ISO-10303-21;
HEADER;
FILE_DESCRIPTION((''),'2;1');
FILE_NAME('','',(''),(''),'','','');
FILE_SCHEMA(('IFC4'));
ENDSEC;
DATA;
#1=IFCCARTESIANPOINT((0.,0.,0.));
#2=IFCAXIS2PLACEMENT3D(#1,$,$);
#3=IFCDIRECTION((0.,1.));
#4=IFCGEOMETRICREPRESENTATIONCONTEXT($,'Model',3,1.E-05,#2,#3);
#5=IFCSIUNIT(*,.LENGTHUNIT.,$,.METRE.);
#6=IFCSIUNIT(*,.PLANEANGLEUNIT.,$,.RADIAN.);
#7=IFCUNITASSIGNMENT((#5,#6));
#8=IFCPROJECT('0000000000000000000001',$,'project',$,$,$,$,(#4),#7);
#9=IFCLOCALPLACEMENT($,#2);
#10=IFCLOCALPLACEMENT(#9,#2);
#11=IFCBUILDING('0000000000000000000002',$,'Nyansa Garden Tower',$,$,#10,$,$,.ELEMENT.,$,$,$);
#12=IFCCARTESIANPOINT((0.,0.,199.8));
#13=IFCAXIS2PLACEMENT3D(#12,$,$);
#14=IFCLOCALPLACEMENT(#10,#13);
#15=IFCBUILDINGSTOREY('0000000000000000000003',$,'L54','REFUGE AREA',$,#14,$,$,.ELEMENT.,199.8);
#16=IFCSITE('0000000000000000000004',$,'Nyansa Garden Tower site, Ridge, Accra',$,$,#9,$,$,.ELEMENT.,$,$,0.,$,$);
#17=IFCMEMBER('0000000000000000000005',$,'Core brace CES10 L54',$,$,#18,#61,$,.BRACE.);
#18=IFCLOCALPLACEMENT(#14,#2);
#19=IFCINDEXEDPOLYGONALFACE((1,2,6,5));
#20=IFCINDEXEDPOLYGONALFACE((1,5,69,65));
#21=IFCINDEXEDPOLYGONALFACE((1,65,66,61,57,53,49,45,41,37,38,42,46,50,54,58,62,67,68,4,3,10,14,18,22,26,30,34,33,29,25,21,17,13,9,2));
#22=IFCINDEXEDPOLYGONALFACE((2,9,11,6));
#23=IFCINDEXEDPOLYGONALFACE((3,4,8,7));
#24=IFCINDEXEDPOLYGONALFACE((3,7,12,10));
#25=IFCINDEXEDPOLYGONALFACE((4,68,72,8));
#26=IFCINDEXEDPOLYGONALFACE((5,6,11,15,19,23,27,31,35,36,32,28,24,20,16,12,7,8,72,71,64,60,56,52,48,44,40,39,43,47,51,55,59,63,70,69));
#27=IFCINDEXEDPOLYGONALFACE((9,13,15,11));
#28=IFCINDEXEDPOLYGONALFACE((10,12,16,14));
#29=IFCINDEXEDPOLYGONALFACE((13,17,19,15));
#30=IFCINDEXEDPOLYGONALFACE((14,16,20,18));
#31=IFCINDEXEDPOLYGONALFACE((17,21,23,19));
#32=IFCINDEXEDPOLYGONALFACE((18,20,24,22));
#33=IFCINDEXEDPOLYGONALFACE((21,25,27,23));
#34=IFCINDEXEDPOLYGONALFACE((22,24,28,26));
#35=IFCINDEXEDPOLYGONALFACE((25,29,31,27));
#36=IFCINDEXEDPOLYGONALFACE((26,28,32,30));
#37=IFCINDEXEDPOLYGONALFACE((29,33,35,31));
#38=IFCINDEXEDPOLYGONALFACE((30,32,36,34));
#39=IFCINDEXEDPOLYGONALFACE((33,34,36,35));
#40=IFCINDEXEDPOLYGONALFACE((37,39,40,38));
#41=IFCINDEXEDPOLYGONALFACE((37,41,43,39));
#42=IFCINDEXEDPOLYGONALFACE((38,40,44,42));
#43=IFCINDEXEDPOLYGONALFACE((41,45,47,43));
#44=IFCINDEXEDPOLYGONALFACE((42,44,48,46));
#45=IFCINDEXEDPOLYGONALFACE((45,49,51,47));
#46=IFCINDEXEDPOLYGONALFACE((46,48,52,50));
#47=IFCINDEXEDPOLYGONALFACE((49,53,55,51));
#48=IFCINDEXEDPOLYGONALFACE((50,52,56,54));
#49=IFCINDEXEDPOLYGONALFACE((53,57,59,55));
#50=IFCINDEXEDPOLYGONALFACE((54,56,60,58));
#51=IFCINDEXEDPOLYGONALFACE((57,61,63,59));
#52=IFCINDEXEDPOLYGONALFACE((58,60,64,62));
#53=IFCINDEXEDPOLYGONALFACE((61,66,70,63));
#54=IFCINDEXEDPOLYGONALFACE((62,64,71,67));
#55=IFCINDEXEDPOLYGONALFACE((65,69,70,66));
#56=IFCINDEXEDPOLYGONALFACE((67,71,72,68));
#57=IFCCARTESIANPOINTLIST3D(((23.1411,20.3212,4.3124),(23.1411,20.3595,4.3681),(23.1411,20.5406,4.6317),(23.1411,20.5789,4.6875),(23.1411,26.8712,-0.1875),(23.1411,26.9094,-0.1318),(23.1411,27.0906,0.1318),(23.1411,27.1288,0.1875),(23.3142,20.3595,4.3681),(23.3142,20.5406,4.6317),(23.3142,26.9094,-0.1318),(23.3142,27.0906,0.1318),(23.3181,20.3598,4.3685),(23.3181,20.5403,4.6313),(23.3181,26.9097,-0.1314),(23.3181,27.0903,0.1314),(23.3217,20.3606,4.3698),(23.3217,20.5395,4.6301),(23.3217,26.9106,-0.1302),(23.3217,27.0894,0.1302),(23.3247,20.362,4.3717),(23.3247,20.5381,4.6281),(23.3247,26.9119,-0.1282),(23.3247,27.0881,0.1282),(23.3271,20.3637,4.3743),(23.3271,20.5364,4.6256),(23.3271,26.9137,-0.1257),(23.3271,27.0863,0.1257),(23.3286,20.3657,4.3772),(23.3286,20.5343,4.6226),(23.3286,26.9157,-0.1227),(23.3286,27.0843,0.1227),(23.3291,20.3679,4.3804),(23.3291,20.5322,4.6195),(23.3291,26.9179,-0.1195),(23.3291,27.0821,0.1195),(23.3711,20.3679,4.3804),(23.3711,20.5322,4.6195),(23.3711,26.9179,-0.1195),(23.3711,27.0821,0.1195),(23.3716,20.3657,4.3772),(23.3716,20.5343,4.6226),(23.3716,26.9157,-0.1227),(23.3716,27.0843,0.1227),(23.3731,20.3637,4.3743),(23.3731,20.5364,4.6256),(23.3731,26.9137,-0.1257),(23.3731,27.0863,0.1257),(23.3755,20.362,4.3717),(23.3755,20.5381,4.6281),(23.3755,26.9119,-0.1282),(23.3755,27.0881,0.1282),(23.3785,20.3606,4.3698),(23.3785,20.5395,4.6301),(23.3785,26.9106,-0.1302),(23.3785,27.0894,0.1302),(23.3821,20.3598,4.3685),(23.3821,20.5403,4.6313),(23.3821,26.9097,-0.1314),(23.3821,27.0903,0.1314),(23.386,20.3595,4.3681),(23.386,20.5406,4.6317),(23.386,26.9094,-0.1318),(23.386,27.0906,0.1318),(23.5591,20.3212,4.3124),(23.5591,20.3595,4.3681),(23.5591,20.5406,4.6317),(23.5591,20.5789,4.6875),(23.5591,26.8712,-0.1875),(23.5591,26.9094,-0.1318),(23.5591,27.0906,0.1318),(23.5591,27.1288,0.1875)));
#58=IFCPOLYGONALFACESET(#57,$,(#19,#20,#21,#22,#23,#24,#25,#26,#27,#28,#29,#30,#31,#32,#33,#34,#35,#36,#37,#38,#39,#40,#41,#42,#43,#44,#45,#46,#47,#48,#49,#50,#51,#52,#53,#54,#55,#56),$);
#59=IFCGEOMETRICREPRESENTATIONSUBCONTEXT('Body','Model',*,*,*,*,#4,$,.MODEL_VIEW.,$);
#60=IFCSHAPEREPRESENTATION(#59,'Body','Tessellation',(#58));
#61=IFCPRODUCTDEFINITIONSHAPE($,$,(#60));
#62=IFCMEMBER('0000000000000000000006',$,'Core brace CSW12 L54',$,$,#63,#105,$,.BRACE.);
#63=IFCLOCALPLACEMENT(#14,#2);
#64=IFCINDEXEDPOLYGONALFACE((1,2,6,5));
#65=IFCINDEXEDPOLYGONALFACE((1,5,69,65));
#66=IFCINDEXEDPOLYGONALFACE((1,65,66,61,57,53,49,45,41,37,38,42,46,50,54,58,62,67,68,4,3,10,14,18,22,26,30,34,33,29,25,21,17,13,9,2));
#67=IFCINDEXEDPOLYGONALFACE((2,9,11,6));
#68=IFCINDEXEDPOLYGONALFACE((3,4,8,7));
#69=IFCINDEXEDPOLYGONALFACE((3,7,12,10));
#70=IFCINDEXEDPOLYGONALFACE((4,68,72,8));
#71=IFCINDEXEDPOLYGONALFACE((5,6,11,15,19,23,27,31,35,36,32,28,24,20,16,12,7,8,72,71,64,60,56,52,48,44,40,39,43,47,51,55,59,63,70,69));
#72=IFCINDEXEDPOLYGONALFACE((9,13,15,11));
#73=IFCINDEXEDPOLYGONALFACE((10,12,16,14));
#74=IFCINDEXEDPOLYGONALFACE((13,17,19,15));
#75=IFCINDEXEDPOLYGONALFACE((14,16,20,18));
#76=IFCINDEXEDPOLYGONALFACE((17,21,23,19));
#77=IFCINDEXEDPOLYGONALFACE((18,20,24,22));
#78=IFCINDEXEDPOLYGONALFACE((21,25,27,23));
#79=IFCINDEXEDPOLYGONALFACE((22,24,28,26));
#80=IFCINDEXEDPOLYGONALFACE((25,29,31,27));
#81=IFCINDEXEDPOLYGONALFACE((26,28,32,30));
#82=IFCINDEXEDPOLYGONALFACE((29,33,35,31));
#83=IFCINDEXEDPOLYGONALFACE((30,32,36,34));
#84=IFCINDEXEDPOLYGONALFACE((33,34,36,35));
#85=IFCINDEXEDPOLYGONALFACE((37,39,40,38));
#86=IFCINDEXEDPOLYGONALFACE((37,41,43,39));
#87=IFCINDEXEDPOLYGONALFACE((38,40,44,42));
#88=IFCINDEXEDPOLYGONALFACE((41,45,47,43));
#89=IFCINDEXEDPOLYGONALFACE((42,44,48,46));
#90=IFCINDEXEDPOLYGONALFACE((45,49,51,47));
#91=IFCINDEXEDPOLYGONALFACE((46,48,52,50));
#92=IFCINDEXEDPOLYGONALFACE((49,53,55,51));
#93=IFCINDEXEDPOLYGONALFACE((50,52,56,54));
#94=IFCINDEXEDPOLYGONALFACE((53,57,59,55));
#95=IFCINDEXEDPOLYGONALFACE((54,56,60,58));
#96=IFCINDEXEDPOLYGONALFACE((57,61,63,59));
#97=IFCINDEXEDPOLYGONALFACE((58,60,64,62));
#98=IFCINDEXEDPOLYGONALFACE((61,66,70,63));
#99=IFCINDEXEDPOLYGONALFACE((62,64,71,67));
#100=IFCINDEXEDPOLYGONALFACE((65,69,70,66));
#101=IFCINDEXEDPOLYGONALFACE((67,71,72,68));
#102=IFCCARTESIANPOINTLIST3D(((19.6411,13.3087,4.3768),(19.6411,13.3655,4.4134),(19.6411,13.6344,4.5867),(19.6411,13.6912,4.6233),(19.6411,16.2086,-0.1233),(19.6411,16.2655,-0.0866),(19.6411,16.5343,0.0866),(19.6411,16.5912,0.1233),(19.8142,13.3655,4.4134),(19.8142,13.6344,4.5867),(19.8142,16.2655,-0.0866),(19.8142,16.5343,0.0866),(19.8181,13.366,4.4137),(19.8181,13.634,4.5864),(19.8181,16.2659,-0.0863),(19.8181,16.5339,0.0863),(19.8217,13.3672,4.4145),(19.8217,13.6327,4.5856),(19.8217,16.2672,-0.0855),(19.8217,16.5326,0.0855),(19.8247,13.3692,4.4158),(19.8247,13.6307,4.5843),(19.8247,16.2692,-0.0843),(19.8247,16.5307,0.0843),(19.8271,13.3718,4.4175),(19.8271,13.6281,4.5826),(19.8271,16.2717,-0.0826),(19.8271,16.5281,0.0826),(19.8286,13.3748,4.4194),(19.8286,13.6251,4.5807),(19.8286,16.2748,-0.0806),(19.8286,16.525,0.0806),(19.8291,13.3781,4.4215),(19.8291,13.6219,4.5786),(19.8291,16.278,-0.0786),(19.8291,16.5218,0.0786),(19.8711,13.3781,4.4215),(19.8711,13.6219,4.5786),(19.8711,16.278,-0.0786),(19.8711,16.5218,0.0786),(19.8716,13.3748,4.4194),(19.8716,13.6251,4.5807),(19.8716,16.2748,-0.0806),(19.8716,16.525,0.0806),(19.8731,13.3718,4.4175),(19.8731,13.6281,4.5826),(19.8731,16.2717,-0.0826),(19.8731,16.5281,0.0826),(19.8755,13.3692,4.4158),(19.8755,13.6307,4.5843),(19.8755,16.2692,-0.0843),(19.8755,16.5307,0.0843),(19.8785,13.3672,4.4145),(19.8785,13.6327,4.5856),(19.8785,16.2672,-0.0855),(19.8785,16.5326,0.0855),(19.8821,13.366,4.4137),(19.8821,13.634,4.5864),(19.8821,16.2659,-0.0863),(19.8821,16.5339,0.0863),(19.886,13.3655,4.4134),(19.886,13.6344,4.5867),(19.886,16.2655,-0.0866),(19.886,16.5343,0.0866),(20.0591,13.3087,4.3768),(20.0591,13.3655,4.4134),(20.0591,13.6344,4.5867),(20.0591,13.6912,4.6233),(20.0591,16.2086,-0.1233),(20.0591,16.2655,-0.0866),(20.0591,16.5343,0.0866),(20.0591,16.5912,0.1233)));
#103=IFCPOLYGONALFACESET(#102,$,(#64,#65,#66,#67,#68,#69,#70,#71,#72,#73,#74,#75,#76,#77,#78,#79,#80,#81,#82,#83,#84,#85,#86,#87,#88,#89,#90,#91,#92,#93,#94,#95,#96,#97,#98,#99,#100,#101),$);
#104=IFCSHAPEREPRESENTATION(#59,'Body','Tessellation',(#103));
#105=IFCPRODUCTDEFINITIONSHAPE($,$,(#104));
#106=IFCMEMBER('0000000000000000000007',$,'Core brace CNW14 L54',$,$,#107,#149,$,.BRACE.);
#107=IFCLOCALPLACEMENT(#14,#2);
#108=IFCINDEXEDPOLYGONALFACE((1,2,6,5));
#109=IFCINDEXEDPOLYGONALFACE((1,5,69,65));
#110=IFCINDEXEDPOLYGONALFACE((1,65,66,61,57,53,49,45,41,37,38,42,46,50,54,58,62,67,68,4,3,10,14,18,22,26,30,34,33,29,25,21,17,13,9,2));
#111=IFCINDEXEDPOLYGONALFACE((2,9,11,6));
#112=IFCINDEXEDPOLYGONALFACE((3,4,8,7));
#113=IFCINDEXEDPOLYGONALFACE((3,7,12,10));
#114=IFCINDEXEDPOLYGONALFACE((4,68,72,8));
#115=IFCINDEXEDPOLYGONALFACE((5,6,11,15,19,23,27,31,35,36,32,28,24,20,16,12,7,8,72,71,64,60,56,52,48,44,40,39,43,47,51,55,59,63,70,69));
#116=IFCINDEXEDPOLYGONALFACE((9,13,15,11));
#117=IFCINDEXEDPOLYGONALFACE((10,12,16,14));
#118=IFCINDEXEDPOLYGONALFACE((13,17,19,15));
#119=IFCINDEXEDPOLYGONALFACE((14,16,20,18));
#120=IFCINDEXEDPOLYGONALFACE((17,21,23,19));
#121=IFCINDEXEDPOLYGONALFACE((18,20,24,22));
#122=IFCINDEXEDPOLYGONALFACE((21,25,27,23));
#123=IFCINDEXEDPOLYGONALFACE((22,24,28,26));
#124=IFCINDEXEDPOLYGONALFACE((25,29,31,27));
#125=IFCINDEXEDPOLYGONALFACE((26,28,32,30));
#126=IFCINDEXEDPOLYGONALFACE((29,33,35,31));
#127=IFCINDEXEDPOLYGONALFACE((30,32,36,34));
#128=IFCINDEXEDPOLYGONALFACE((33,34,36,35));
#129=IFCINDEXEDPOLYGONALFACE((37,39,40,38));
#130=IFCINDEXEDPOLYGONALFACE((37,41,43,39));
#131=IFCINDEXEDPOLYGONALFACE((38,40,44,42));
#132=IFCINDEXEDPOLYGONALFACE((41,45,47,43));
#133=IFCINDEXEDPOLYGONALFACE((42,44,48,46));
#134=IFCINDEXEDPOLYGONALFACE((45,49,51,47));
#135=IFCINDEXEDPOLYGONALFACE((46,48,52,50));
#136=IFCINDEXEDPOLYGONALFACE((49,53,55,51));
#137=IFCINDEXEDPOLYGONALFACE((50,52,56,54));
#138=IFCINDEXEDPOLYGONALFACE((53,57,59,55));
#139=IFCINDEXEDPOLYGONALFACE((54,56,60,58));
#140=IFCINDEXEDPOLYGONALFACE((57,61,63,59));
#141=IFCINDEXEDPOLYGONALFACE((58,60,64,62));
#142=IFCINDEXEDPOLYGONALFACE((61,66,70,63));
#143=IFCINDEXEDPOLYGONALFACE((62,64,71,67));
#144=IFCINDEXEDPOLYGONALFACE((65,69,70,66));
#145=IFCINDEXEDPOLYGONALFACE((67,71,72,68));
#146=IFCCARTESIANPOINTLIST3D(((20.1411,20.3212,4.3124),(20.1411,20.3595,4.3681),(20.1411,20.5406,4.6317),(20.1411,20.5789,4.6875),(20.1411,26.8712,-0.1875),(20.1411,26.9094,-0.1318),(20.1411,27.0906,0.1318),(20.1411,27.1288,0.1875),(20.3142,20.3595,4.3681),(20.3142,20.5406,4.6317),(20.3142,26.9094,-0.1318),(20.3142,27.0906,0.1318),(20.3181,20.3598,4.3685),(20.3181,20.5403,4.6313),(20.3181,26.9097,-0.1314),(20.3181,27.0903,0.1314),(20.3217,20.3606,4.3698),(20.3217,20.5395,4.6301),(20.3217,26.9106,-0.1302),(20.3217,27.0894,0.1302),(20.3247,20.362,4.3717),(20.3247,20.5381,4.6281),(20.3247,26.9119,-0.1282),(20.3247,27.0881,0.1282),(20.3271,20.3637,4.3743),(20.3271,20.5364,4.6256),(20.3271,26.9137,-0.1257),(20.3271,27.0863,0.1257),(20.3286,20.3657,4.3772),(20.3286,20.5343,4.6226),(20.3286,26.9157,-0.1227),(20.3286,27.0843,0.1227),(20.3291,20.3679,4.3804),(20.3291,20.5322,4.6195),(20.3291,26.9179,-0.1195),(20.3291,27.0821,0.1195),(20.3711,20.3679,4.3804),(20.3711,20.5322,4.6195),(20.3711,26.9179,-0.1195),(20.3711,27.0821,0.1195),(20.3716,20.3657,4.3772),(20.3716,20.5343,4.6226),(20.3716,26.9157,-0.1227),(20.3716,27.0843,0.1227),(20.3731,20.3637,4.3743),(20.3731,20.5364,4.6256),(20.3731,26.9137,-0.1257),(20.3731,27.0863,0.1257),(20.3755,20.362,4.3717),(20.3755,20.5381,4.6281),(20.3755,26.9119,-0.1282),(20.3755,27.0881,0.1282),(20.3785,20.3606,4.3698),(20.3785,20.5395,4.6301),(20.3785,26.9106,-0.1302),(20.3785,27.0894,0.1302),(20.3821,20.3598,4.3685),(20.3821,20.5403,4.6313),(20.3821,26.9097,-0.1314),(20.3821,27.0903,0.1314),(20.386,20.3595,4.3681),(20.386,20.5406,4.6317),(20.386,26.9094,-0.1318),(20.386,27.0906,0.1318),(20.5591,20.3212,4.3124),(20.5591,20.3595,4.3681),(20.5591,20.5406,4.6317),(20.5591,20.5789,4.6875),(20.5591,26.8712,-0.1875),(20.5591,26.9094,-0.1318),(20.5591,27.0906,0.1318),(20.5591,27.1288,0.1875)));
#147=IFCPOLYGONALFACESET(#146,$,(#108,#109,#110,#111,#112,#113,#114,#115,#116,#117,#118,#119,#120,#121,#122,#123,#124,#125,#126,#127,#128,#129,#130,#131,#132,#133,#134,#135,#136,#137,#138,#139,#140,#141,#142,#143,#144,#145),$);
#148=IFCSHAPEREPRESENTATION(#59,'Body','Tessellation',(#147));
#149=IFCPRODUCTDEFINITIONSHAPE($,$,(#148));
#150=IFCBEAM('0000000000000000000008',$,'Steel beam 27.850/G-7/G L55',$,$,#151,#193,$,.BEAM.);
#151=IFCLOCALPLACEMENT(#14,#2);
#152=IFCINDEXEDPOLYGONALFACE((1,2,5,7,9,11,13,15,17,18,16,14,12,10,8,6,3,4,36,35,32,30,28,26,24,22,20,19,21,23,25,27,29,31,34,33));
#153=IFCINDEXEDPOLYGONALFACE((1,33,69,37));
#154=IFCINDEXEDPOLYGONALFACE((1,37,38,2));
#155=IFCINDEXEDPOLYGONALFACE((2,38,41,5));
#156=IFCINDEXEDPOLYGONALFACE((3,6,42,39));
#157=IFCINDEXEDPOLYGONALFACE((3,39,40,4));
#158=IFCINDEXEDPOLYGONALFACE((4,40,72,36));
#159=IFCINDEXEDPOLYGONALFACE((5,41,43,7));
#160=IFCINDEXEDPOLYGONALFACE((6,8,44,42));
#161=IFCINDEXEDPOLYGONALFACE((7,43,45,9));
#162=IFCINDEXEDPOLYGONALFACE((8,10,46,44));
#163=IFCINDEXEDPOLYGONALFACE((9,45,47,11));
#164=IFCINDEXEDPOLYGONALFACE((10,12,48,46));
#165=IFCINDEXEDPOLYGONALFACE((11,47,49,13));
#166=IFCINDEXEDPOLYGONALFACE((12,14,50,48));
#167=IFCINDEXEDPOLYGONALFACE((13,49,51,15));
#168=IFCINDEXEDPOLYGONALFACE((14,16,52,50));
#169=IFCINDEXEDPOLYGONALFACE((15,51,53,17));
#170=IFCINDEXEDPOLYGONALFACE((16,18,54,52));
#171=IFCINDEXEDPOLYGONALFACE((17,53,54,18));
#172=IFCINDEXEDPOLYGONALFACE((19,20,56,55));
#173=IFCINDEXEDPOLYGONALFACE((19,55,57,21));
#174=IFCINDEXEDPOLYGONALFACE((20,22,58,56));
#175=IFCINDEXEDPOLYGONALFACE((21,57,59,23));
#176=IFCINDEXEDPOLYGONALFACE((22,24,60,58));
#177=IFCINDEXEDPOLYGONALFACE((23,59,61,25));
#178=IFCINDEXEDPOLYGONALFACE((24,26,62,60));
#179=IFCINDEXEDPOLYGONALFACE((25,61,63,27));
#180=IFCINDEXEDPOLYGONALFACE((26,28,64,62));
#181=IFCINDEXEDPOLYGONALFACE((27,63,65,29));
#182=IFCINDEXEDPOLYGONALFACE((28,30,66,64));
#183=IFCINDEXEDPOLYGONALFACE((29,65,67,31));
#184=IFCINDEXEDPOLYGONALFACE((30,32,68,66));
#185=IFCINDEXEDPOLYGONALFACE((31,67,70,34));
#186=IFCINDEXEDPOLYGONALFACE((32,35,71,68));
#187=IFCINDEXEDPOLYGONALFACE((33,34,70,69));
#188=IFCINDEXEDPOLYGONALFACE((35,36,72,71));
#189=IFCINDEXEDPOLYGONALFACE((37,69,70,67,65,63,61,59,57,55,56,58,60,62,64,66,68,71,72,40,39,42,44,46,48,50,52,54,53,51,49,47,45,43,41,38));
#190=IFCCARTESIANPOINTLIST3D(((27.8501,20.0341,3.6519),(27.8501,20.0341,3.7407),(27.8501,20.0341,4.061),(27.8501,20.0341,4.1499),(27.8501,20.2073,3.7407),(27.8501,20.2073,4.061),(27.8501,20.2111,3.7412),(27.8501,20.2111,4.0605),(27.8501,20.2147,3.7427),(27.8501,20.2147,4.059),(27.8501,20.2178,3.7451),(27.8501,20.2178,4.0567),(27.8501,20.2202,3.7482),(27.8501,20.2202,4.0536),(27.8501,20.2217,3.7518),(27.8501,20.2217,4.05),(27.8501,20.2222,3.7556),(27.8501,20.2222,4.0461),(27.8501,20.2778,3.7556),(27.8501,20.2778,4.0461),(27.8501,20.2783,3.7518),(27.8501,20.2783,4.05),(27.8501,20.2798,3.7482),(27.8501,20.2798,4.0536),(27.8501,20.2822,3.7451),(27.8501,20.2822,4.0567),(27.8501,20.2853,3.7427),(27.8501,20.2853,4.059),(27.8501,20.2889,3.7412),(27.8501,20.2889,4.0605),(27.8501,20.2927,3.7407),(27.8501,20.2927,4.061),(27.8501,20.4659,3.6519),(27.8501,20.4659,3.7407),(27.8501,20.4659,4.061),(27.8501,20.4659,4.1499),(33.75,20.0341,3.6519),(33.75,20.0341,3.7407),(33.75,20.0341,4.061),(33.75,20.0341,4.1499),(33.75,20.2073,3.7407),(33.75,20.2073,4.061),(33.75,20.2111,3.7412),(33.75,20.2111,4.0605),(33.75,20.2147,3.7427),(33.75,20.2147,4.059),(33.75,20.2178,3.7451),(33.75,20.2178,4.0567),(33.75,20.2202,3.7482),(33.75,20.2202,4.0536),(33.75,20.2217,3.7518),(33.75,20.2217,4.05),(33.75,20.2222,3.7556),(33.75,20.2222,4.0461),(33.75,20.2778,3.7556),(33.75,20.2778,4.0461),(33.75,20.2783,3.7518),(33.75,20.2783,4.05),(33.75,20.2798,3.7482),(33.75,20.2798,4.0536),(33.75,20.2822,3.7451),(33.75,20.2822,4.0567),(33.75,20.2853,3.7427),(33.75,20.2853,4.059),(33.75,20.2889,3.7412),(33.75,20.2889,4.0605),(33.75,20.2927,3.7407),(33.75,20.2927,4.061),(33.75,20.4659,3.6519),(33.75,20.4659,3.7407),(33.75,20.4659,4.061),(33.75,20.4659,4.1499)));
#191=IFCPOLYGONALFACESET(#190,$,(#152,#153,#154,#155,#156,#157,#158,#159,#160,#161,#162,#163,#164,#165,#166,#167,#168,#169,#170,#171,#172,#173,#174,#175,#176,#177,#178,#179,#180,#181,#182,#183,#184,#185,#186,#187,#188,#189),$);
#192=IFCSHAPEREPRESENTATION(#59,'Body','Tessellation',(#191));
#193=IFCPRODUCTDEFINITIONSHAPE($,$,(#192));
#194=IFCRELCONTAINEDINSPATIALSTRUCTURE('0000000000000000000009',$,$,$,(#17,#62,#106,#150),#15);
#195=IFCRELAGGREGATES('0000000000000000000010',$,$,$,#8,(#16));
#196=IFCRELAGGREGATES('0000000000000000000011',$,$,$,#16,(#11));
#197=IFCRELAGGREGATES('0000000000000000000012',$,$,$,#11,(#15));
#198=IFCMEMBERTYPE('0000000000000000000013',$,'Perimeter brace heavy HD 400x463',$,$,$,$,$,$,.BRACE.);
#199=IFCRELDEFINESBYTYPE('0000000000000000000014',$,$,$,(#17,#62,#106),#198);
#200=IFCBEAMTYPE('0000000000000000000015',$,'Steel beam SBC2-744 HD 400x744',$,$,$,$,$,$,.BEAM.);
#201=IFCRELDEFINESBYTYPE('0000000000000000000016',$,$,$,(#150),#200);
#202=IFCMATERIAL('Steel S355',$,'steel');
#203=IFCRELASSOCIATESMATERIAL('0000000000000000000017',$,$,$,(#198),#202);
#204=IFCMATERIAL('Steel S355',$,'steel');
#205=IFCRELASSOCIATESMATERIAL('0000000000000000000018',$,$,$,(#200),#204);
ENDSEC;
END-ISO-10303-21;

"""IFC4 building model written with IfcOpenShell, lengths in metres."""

from ifc_helpers import new_model, si_unit, direction, frame, origin, origin_2d, place, context, subcontext, project, spatial, i_section, extrude, material, material_profile, profile_set, type_object, element, save


model = new_model("IFC4")

# Units and contexts
model_context = context("Model", 3, precision=1e-05, world=origin(), true_north=direction((0.0, 1.0)))
body_context = subcontext(model_context, "Body", "Model", "MODEL_VIEW")
ifc_project = project(units=[si_unit("LENGTHUNIT", "METRE"), si_unit("PLANEANGLEUNIT", "RADIAN")], contexts=[model_context])

# Site, building, storey
site_placement = place(None, origin())
site = spatial("IfcSite", under=ifc_project, at=site_placement, Name="Nyansa Garden Tower site, Ridge, Accra", CompositionType="ELEMENT", RefElevation=0.0)
building_placement = place(site_placement, origin())
building = spatial("IfcBuilding", under=site, at=building_placement, Name="Nyansa Garden Tower", CompositionType="ELEMENT")
storey_placement = place(building_placement, frame((0.0, 0.0, 199.8)))
storey = spatial("IfcBuildingStorey", under=building, at=storey_placement, Name="L54", Description="REFUGE AREA", CompositionType="ELEMENT", Elevation=199.8)

# Members
ifc_material_1 = material(Name="Steel S355", Category="steel")
ifc_material_profile_1 = material_profile(ifc_material_1, i_section(OverallWidth=0.418, OverallDepth=0.4551, WebThickness=0.042, FlangeThickness=0.0676, FilletRadius=0.0149, at=origin_2d()), Name="HD 400x463")
ifc_profile_set_1 = profile_set([ifc_material_profile_1], Name="Steel S355")
member_type_1 = type_object("IfcMemberType", Name="Perimeter brace heavy HD 400x463", PredefinedType="BRACE", material=ifc_profile_set_1)
for number, where, z_axis, x_axis, name in (
    (1, (23.3501, 27.0, 0.0), (0.0, -0.824227, 0.566259), (1.0, 0.0, 0.0), "Core brace CES10 L54"),
):
    element("IfcMember", number, at=place(storey_placement, frame(where, z_axis=z_axis, x_axis=x_axis)), inside=storey, type_object=member_type_1, Name=name, PredefinedType="BRACE", context=body_context, shape_type="SweptSolid", body=[
        extrude(i_section(OverallWidth=0.418, OverallDepth=0.4551, WebThickness=0.042, FlangeThickness=0.0676, FilletRadius=0.0149, at=origin_2d()), origin(), (0.0, 0.0, 1.0), 7.9468),
    ])
member_1_placement = place(storey_placement, frame((19.8501, 16.3999, 0.0), z_axis=(0.0, -0.541688, 0.840579), x_axis=(1.0, 0.0, 0.0)))
element("IfcMember", 2, at=member_1_placement, inside=storey, type_object=member_type_1, Name="Core brace CSW12 L54", PredefinedType="BRACE", context=body_context, shape_type="SweptSolid", body=[
    extrude(i_section(OverallWidth=0.418, OverallDepth=0.4551, WebThickness=0.042, FlangeThickness=0.0676, FilletRadius=0.0149, at=origin_2d()), origin(), (0.0, 0.0, 1.0), 5.3535),
])
member_2_placement = place(storey_placement, frame((20.3501, 27.0, 0.0), z_axis=(0.0, -0.824227, 0.566259), x_axis=(1.0, 0.0, 0.0)))
element("IfcMember", 3, at=member_2_placement, inside=storey, type_object=member_type_1, Name="Core brace CNW14 L54", PredefinedType="BRACE", context=body_context, shape_type="SweptSolid", body=[
    extrude(i_section(OverallWidth=0.418, OverallDepth=0.4551, WebThickness=0.042, FlangeThickness=0.0676, FilletRadius=0.0149, at=origin_2d()), origin(), (0.0, 0.0, 1.0), 7.9468),
])

# Beam
ifc_material_2 = material(Name="Steel S355", Category="steel")
ifc_material_profile_2 = material_profile(ifc_material_2, i_section(OverallWidth=0.4319, OverallDepth=0.498, WebThickness=0.0557, FlangeThickness=0.0889, FilletRadius=0.0149, at=origin_2d()), Name="HD 400x744")
ifc_profile_set_2 = profile_set([ifc_material_profile_2], Name="Steel S355")
beam_type_1 = type_object("IfcBeamType", Name="Steel beam SBC2-744 HD 400x744", PredefinedType="BEAM", material=ifc_profile_set_2)
beam_1_placement = place(storey_placement, frame((27.8501, 20.25, 3.9009), z_axis=(1.0, 0.0, 0.0), x_axis=(0.0, 1.0, 0.0)))
element("IfcBeam", 4, at=beam_1_placement, inside=storey, type_object=beam_type_1, Name="Steel beam 27.850/G-7/G L55", PredefinedType="BEAM", context=body_context, shape_type="SweptSolid", body=[
    extrude(i_section(OverallWidth=0.4319, OverallDepth=0.498, WebThickness=0.0557, FlangeThickness=0.0889, FilletRadius=0.0149, at=origin_2d()), origin(), (0.0, 0.0, 1.0), 5.8999),
])

save(model, "model.ifc")
